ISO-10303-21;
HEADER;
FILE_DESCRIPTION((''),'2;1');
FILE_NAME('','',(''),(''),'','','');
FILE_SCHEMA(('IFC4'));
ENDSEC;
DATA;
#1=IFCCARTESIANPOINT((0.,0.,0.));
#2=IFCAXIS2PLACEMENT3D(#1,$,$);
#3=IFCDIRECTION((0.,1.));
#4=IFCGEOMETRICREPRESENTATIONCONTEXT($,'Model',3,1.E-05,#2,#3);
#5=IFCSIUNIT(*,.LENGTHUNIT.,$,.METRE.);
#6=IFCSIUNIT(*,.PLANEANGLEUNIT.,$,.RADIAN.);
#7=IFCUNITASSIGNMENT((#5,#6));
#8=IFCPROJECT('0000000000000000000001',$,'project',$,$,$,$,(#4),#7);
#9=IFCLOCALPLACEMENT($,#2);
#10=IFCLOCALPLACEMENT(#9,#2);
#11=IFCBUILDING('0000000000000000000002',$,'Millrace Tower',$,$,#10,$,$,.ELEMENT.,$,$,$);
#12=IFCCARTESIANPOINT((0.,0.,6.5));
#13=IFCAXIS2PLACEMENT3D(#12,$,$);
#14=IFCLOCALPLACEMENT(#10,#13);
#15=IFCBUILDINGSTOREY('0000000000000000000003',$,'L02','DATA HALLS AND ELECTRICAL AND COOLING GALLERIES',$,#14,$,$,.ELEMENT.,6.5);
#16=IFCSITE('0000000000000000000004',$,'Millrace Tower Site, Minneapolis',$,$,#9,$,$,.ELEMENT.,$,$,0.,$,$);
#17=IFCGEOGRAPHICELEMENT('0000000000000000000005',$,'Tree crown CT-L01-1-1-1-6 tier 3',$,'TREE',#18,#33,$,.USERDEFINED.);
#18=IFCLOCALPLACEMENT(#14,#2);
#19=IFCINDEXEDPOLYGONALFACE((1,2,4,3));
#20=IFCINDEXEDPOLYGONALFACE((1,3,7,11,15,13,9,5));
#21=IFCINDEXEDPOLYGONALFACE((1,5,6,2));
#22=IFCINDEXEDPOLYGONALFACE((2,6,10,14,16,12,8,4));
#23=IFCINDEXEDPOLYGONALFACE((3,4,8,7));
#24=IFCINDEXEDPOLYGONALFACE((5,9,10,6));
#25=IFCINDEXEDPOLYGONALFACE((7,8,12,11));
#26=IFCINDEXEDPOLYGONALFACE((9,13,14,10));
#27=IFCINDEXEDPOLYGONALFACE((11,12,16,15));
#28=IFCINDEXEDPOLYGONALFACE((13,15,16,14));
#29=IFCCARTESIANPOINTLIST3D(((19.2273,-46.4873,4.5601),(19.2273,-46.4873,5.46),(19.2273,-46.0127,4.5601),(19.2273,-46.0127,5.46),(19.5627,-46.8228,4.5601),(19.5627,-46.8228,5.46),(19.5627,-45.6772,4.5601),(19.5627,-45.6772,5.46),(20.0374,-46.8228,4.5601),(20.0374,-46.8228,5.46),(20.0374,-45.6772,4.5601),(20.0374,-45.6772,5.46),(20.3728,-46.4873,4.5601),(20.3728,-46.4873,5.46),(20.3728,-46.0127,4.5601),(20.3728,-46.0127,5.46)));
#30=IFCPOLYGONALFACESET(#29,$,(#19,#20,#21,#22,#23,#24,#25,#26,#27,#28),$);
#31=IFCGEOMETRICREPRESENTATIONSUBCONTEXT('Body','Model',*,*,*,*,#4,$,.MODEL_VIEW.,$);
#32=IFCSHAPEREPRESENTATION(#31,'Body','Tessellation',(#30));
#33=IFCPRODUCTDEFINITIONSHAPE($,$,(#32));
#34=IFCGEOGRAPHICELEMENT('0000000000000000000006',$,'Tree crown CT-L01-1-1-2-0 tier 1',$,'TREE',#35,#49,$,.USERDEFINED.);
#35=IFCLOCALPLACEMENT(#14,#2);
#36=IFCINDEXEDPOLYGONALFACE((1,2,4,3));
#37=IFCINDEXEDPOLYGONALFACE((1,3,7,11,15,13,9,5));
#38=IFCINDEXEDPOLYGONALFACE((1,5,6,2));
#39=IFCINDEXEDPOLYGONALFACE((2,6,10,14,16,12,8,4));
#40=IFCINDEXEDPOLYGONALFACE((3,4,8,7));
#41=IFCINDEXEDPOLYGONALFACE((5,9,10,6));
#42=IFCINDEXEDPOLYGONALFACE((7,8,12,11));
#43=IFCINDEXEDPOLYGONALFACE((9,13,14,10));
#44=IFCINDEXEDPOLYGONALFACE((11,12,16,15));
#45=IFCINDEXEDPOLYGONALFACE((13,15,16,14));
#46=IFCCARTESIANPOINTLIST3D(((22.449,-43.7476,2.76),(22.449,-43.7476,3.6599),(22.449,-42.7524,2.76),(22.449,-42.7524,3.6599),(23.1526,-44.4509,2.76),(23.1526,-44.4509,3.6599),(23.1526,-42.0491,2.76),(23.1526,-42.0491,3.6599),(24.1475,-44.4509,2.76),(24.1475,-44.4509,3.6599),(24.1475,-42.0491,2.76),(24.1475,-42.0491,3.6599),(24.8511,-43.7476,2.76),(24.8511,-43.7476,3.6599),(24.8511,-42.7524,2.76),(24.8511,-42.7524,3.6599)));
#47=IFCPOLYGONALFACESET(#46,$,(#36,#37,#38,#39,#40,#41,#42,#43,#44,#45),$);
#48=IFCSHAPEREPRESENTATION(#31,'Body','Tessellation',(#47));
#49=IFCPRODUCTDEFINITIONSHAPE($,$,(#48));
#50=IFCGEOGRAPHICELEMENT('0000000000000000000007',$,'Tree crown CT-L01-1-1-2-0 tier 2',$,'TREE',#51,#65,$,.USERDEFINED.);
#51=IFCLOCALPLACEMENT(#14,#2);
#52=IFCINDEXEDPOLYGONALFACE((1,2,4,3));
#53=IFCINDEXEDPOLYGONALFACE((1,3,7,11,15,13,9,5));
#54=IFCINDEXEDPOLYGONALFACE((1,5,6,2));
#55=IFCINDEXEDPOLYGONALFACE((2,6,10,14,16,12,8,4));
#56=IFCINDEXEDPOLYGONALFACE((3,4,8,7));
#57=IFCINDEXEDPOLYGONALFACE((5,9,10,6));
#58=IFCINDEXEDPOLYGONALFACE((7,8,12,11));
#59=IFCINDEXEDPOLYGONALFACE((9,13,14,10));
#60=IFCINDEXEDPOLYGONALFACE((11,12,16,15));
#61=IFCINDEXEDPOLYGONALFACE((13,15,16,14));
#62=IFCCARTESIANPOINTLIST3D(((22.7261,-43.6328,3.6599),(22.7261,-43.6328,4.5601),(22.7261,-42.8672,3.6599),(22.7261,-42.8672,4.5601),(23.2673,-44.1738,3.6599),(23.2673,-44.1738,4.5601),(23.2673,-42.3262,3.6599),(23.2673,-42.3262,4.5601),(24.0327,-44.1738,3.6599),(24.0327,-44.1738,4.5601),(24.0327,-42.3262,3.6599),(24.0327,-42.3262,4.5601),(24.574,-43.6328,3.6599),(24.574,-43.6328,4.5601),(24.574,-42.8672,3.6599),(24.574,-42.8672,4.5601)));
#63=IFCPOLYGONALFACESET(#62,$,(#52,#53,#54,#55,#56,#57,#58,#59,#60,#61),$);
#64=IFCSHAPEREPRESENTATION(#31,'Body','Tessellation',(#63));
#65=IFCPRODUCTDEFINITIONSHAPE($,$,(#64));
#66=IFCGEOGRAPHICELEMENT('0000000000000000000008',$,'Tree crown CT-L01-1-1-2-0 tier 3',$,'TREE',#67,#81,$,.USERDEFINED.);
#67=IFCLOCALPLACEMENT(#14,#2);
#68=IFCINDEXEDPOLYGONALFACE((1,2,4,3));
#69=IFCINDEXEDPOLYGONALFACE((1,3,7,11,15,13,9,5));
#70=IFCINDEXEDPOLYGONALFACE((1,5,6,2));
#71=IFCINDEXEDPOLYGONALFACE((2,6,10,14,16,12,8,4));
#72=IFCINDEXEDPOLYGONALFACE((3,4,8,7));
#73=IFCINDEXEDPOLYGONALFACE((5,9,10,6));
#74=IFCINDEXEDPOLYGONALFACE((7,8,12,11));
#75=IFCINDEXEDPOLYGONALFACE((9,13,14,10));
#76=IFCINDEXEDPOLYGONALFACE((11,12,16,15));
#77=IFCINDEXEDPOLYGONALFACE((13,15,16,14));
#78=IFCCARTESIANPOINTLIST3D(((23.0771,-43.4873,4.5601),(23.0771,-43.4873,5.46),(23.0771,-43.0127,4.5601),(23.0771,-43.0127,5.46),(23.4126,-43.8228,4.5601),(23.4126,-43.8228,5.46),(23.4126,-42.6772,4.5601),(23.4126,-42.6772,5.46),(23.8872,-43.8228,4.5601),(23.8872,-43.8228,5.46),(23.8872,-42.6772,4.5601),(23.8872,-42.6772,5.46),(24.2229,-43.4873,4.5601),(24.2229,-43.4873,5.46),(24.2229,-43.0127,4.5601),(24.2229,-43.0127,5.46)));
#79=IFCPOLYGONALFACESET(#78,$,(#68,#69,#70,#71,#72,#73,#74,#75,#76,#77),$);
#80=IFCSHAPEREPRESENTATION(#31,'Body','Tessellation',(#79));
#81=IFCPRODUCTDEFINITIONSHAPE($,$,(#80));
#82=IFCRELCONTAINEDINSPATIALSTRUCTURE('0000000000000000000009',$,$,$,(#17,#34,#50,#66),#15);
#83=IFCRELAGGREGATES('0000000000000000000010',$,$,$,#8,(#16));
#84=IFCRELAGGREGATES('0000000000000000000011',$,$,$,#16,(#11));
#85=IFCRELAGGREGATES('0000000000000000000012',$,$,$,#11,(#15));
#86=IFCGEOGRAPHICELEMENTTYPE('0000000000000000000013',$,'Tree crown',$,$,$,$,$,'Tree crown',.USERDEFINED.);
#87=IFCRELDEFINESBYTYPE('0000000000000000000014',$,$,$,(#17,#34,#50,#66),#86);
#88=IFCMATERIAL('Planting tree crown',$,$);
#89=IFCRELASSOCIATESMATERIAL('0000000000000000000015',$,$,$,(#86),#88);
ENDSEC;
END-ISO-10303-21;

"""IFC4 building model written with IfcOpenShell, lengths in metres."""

from ifc_helpers import new_model, si_unit, direction, frame, origin, place, context, subcontext, project, spatial, polyline, outline, extrude, material, type_object, element, save


model = new_model("IFC4")

# Units and contexts
model_context = context("Model", 3, precision=1e-05, world=origin(), true_north=direction((0.0, 1.0)))
body_context = subcontext(model_context, "Body", "Model", "MODEL_VIEW")
ifc_project = project(units=[si_unit("LENGTHUNIT", "METRE"), si_unit("PLANEANGLEUNIT", "RADIAN")], contexts=[model_context])

# Site, building, storey
site_placement = place(None, origin())
site = spatial("IfcSite", under=ifc_project, at=site_placement, Name="Millrace Tower Site, Minneapolis", CompositionType="ELEMENT", RefElevation=0.0)
building_placement = place(site_placement, origin())
building = spatial("IfcBuilding", under=site, at=building_placement, Name="Millrace Tower", CompositionType="ELEMENT")
storey_placement = place(building_placement, frame((0.0, 0.0, 6.5)))
storey = spatial("IfcBuildingStorey", under=building, at=storey_placement, Name="L02", Description="DATA HALLS AND ELECTRICAL AND COOLING GALLERIES", CompositionType="ELEMENT", Elevation=6.5)

# Geographic elements
ifc_material_1 = material(Name="Planting tree crown")
geographic_element_type = type_object("IfcGeographicElementType", Name="Tree crown", ElementType="Tree crown", PredefinedType="USERDEFINED", material=ifc_material_1)
placement_1 = place(storey_placement, frame((0.0, 0.0, 4.5601)))
placement_2 = place(storey_placement, frame((0.0, 0.0, 2.76)))
placement_3 = place(storey_placement, frame((0.0, 0.0, 3.6599)))
element("IfcGeographicElement", 1, at=placement_1, inside=storey, type_object=geographic_element_type, Name="Tree crown CT-L01-1-1-1-6 tier 3", ObjectType="TREE", PredefinedType="USERDEFINED", context=body_context, shape_type="SweptSolid", body=[
    extrude(outline(polyline([(20.3728, -46.0127), (20.0374, -45.6772), (19.5627, -45.6772), (19.2273, -46.0127), (19.2273, -46.4873), (19.5627, -46.8228), (20.0374, -46.8228), (20.3728, -46.4873), (20.3728, -46.0127)])), origin(), (0.0, 0.0, 1.0), 0.8999),
])
element("IfcGeographicElement", 2, at=placement_2, inside=storey, type_object=geographic_element_type, Name="Tree crown CT-L01-1-1-2-0 tier 1", ObjectType="TREE", PredefinedType="USERDEFINED", context=body_context, shape_type="SweptSolid", body=[
    extrude(outline(polyline([(24.8511, -42.7524), (24.1475, -42.0491), (23.1526, -42.0491), (22.449, -42.7524), (22.449, -43.7476), (23.1526, -44.4509), (24.1475, -44.4509), (24.8511, -43.7476), (24.8511, -42.7524)])), origin(), (0.0, 0.0, 1.0), 0.8999),
])
element("IfcGeographicElement", 3, at=placement_3, inside=storey, type_object=geographic_element_type, Name="Tree crown CT-L01-1-1-2-0 tier 2", ObjectType="TREE", PredefinedType="USERDEFINED", context=body_context, shape_type="SweptSolid", body=[
    extrude(outline(polyline([(24.574, -42.8672), (24.0327, -42.3262), (23.2673, -42.3262), (22.7261, -42.8672), (22.7261, -43.6328), (23.2673, -44.1738), (24.0327, -44.1738), (24.574, -43.6328), (24.574, -42.8672)])), origin(), (0.0, 0.0, 1.0), 0.9001),
])
element("IfcGeographicElement", 4, at=placement_1, inside=storey, type_object=geographic_element_type, Name="Tree crown CT-L01-1-1-2-0 tier 3", ObjectType="TREE", PredefinedType="USERDEFINED", context=body_context, shape_type="SweptSolid", body=[
    extrude(outline(polyline([(24.2229, -43.0127), (23.8872, -42.6772), (23.4126, -42.6772), (23.0771, -43.0127), (23.0771, -43.4873), (23.4126, -43.8228), (23.8872, -43.8228), (24.2229, -43.4873), (24.2229, -43.0127)])), origin(), (0.0, 0.0, 1.0), 0.8999),
])

save(model, "model.ifc")
